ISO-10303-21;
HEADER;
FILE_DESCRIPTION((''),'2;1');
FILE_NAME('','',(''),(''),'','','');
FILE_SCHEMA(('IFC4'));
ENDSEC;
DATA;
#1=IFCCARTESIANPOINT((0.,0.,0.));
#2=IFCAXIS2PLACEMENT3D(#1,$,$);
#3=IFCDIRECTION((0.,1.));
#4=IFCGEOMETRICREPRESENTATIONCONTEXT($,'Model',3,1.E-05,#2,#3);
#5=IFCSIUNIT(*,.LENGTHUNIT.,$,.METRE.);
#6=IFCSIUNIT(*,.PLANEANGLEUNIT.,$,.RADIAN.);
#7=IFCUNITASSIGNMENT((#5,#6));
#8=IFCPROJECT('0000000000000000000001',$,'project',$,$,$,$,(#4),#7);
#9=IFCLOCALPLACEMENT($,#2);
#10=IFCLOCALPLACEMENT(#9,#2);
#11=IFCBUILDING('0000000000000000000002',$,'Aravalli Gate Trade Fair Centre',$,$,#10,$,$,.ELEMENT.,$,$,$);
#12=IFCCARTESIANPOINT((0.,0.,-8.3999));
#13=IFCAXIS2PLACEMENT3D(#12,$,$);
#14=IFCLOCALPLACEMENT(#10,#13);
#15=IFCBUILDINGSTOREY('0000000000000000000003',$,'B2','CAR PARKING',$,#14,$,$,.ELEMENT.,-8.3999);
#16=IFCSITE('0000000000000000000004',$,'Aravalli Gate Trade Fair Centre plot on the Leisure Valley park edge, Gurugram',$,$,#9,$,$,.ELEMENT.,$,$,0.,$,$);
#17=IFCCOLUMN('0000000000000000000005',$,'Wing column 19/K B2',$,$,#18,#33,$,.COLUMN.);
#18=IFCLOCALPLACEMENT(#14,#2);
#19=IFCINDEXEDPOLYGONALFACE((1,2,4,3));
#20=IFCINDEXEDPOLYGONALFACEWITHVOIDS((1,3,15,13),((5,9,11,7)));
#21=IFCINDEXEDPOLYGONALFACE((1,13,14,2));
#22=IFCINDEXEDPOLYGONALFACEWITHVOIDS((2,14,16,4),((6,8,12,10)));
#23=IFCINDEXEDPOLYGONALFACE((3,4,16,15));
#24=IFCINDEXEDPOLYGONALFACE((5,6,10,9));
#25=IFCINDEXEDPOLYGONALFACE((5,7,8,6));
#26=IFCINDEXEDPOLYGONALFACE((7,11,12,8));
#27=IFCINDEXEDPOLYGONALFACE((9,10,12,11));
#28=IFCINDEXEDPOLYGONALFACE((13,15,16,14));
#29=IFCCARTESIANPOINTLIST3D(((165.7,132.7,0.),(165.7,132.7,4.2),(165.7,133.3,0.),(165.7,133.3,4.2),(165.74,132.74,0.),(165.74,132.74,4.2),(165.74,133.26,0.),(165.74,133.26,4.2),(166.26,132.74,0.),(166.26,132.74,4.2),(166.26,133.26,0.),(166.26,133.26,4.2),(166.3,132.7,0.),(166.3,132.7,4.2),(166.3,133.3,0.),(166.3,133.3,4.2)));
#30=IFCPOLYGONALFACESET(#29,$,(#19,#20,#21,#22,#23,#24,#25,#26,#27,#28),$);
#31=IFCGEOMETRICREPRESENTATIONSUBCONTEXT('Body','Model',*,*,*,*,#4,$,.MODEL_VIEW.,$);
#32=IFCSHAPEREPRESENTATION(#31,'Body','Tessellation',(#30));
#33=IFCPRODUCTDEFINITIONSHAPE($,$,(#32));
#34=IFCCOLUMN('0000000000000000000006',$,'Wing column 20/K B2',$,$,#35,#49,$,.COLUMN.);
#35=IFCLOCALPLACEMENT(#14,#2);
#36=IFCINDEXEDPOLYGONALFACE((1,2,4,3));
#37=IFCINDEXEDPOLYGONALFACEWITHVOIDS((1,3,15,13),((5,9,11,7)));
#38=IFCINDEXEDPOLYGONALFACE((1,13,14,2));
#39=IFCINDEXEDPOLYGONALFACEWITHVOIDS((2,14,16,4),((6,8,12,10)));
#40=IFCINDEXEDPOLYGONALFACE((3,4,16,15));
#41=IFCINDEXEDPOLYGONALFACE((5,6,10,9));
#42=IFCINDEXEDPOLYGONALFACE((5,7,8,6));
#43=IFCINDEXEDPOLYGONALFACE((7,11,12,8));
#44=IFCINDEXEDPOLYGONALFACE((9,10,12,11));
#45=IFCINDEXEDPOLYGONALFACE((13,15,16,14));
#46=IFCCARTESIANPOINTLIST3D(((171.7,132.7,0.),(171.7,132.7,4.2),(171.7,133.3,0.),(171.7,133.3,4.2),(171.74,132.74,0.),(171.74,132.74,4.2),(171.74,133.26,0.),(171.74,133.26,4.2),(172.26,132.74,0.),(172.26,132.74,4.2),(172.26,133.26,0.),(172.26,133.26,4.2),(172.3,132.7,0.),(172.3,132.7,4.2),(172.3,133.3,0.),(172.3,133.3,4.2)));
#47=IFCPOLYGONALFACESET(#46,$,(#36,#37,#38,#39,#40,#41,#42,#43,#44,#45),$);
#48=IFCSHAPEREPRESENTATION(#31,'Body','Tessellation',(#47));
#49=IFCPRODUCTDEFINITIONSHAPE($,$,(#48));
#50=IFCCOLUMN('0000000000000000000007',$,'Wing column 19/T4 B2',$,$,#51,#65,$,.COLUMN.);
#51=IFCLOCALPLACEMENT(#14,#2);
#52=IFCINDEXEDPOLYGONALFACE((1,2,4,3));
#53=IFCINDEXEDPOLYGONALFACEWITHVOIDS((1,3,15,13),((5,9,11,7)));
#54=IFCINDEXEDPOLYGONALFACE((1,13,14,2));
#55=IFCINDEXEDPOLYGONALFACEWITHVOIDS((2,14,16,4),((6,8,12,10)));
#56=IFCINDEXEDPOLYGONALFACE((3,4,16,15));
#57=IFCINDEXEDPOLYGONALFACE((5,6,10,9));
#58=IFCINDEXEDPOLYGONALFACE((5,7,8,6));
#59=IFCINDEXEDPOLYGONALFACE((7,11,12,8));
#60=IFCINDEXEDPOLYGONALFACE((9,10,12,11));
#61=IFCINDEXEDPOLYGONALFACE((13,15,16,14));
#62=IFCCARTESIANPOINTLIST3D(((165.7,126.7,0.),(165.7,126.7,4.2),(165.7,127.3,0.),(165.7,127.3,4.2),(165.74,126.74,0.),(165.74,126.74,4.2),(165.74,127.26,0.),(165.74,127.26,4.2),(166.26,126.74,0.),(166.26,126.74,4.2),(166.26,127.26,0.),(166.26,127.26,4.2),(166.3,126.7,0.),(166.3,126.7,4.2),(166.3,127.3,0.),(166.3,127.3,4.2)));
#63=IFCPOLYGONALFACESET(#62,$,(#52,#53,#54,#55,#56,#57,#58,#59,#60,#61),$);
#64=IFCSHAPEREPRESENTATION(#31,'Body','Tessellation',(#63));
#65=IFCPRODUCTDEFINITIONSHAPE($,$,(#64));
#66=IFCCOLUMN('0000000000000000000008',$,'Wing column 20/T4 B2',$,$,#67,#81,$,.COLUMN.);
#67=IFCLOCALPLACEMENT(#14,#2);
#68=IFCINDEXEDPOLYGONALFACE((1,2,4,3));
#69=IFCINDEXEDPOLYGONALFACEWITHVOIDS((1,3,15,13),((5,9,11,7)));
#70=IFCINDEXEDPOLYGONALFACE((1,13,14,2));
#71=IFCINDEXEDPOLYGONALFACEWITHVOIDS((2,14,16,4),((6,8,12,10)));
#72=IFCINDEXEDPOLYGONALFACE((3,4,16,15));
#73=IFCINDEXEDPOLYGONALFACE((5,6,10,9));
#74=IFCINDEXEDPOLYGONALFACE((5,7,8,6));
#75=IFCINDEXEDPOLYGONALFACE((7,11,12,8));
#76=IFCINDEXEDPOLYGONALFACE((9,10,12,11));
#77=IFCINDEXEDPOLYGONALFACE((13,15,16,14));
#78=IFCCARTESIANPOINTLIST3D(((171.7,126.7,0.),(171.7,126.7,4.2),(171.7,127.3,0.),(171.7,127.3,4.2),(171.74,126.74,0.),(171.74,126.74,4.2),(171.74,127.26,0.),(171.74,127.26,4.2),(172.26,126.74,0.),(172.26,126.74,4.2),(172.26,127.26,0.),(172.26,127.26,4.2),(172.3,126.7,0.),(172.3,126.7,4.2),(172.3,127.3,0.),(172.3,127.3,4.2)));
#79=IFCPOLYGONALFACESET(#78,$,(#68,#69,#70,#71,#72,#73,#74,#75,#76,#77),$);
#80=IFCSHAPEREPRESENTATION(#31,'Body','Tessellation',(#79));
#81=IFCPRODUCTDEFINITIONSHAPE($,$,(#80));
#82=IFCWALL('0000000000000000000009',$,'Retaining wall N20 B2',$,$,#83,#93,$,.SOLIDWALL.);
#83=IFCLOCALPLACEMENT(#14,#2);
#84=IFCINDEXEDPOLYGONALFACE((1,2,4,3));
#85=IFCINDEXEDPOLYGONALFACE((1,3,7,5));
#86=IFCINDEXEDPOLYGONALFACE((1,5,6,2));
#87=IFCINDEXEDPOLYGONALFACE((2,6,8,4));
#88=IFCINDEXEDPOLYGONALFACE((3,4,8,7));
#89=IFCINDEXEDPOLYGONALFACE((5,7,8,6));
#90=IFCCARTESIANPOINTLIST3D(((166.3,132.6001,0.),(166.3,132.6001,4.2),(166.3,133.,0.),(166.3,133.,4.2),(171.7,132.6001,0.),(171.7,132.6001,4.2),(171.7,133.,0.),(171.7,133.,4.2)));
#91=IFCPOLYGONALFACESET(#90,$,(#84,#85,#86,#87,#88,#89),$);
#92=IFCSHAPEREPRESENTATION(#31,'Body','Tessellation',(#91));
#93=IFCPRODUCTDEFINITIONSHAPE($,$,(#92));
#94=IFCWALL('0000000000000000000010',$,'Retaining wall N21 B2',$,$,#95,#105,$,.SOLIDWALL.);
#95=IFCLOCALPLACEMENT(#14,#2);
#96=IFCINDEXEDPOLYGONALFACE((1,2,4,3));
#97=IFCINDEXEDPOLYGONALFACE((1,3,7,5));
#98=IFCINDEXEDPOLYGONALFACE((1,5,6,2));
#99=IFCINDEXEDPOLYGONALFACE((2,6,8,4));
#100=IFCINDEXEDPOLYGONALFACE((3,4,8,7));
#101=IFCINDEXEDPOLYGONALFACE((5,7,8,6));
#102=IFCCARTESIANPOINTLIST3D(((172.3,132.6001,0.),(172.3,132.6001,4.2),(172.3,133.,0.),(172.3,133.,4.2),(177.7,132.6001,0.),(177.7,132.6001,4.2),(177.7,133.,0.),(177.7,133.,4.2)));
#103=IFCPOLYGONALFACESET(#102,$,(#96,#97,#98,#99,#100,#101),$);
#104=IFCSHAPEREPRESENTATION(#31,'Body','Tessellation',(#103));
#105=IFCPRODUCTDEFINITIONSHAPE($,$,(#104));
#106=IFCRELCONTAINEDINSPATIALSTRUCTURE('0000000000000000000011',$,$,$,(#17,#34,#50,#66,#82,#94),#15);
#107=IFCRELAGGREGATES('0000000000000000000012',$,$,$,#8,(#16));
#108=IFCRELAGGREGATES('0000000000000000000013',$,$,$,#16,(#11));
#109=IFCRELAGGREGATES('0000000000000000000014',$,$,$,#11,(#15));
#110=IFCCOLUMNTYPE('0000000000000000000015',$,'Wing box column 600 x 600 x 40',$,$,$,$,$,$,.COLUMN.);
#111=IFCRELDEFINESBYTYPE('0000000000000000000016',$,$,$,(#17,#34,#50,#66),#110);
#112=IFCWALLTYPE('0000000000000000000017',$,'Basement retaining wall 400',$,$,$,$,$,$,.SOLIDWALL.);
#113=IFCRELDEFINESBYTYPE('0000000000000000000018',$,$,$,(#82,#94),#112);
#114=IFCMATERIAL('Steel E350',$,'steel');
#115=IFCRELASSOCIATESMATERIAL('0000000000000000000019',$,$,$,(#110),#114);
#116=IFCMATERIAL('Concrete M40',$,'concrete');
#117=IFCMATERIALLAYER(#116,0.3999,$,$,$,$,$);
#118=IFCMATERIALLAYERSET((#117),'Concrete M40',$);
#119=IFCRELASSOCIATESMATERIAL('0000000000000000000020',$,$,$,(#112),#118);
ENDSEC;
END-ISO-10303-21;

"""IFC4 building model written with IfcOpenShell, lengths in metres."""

from ifc_helpers import new_model, si_unit, direction, frame, frame_2d, origin, origin_2d, place, context, subcontext, project, spatial, rectangle, hollow_rectangle, extrude, material, layer, layer_set, material_profile, profile_set, type_object, element, save


model = new_model("IFC4")

# Units and contexts
model_context = context("Model", 3, precision=1e-05, world=origin(), true_north=direction((0.0, 1.0)))
body_context = subcontext(model_context, "Body", "Model", "MODEL_VIEW")
ifc_project = project(units=[si_unit("LENGTHUNIT", "METRE"), si_unit("PLANEANGLEUNIT", "RADIAN")], contexts=[model_context])

# Site, building, storey
site_placement = place(None, origin())
site = spatial("IfcSite", under=ifc_project, at=site_placement, Name="Aravalli Gate Trade Fair Centre plot on the Leisure Valley park edge, Gurugram", CompositionType="ELEMENT", RefElevation=0.0)
building_placement = place(site_placement, origin())
building = spatial("IfcBuilding", under=site, at=building_placement, Name="Aravalli Gate Trade Fair Centre", CompositionType="ELEMENT")
storey_placement = place(building_placement, frame((0.0, 0.0, -8.3999)))
storey = spatial("IfcBuildingStorey", under=building, at=storey_placement, Name="B2", Description="CAR PARKING", CompositionType="ELEMENT", Elevation=-8.3999)

# Columns
ifc_material_1 = material(Name="Steel E350", Category="steel")
ifc_material_profile_1 = material_profile(ifc_material_1, hollow_rectangle(XDim=0.6001, YDim=0.6001, WallThickness=0.04, at=origin_2d()), Name="BOX 600x600x40")
ifc_profile_set_1 = profile_set([ifc_material_profile_1], Name="Steel E350")
column_type = type_object("IfcColumnType", Name="Wing box column 600 x 600 x 40", PredefinedType="COLUMN", material=ifc_profile_set_1)
for number, where, z_axis, x_axis, name in (
    (1, (166.0, 133.0, 0.0), (0.0, 0.0, 1.0), (1.0, 0.0, 0.0), "Wing column 19/K B2"),
    (2, (172.0, 133.0, 0.0), (0.0, 0.0, 1.0), (1.0, 0.0, 0.0), "Wing column 20/K B2"),
    (3, (166.0, 127.0, 0.0), (0.0, 0.0, 1.0), (1.0, 0.0, 0.0), "Wing column 19/T4 B2"),
    (4, (172.0, 127.0, 0.0), (0.0, 0.0, 1.0), (1.0, 0.0, 0.0), "Wing column 20/T4 B2"),
):
    element("IfcColumn", number, at=place(storey_placement, frame(where, z_axis=z_axis, x_axis=x_axis)), inside=storey, type_object=column_type, Name=name, PredefinedType="COLUMN", context=body_context, shape_type="SweptSolid", body=[
        extrude(hollow_rectangle(XDim=0.6001, YDim=0.6001, WallThickness=0.04, at=origin_2d()), origin(), (0.0, 0.0, 1.0), 4.2),
    ])

# Walls
ifc_material_2 = material(Name="Concrete M40", Category="concrete")
ifc_layer = layer(ifc_material_2, 0.3999)
ifc_layer_set = layer_set([ifc_layer], Name="Concrete M40")
wall_type = type_object("IfcWallType", Name="Basement retaining wall 400", PredefinedType="SOLIDWALL", material=ifc_layer_set)
for number, where, z_axis, x_axis, name in (
    (5, (166.3, 132.8, 0.0), (0.0, 0.0, 1.0), (1.0, 0.0, 0.0), "Retaining wall N20 B2"),
    (6, (172.3, 132.8, 0.0), (0.0, 0.0, 1.0), (1.0, 0.0, 0.0), "Retaining wall N21 B2"),
):
    element("IfcWall", number, at=place(storey_placement, frame(where, z_axis=z_axis, x_axis=x_axis)), inside=storey, type_object=wall_type, Name=name, PredefinedType="SOLIDWALL", context=body_context, shape_type="SweptSolid", body=[
        extrude(rectangle(XDim=5.3999, YDim=0.3999, at=frame_2d((2.7, 0.0))), origin(), (0.0, 0.0, 1.0), 4.2),
    ])

save(model, "model.ifc")
